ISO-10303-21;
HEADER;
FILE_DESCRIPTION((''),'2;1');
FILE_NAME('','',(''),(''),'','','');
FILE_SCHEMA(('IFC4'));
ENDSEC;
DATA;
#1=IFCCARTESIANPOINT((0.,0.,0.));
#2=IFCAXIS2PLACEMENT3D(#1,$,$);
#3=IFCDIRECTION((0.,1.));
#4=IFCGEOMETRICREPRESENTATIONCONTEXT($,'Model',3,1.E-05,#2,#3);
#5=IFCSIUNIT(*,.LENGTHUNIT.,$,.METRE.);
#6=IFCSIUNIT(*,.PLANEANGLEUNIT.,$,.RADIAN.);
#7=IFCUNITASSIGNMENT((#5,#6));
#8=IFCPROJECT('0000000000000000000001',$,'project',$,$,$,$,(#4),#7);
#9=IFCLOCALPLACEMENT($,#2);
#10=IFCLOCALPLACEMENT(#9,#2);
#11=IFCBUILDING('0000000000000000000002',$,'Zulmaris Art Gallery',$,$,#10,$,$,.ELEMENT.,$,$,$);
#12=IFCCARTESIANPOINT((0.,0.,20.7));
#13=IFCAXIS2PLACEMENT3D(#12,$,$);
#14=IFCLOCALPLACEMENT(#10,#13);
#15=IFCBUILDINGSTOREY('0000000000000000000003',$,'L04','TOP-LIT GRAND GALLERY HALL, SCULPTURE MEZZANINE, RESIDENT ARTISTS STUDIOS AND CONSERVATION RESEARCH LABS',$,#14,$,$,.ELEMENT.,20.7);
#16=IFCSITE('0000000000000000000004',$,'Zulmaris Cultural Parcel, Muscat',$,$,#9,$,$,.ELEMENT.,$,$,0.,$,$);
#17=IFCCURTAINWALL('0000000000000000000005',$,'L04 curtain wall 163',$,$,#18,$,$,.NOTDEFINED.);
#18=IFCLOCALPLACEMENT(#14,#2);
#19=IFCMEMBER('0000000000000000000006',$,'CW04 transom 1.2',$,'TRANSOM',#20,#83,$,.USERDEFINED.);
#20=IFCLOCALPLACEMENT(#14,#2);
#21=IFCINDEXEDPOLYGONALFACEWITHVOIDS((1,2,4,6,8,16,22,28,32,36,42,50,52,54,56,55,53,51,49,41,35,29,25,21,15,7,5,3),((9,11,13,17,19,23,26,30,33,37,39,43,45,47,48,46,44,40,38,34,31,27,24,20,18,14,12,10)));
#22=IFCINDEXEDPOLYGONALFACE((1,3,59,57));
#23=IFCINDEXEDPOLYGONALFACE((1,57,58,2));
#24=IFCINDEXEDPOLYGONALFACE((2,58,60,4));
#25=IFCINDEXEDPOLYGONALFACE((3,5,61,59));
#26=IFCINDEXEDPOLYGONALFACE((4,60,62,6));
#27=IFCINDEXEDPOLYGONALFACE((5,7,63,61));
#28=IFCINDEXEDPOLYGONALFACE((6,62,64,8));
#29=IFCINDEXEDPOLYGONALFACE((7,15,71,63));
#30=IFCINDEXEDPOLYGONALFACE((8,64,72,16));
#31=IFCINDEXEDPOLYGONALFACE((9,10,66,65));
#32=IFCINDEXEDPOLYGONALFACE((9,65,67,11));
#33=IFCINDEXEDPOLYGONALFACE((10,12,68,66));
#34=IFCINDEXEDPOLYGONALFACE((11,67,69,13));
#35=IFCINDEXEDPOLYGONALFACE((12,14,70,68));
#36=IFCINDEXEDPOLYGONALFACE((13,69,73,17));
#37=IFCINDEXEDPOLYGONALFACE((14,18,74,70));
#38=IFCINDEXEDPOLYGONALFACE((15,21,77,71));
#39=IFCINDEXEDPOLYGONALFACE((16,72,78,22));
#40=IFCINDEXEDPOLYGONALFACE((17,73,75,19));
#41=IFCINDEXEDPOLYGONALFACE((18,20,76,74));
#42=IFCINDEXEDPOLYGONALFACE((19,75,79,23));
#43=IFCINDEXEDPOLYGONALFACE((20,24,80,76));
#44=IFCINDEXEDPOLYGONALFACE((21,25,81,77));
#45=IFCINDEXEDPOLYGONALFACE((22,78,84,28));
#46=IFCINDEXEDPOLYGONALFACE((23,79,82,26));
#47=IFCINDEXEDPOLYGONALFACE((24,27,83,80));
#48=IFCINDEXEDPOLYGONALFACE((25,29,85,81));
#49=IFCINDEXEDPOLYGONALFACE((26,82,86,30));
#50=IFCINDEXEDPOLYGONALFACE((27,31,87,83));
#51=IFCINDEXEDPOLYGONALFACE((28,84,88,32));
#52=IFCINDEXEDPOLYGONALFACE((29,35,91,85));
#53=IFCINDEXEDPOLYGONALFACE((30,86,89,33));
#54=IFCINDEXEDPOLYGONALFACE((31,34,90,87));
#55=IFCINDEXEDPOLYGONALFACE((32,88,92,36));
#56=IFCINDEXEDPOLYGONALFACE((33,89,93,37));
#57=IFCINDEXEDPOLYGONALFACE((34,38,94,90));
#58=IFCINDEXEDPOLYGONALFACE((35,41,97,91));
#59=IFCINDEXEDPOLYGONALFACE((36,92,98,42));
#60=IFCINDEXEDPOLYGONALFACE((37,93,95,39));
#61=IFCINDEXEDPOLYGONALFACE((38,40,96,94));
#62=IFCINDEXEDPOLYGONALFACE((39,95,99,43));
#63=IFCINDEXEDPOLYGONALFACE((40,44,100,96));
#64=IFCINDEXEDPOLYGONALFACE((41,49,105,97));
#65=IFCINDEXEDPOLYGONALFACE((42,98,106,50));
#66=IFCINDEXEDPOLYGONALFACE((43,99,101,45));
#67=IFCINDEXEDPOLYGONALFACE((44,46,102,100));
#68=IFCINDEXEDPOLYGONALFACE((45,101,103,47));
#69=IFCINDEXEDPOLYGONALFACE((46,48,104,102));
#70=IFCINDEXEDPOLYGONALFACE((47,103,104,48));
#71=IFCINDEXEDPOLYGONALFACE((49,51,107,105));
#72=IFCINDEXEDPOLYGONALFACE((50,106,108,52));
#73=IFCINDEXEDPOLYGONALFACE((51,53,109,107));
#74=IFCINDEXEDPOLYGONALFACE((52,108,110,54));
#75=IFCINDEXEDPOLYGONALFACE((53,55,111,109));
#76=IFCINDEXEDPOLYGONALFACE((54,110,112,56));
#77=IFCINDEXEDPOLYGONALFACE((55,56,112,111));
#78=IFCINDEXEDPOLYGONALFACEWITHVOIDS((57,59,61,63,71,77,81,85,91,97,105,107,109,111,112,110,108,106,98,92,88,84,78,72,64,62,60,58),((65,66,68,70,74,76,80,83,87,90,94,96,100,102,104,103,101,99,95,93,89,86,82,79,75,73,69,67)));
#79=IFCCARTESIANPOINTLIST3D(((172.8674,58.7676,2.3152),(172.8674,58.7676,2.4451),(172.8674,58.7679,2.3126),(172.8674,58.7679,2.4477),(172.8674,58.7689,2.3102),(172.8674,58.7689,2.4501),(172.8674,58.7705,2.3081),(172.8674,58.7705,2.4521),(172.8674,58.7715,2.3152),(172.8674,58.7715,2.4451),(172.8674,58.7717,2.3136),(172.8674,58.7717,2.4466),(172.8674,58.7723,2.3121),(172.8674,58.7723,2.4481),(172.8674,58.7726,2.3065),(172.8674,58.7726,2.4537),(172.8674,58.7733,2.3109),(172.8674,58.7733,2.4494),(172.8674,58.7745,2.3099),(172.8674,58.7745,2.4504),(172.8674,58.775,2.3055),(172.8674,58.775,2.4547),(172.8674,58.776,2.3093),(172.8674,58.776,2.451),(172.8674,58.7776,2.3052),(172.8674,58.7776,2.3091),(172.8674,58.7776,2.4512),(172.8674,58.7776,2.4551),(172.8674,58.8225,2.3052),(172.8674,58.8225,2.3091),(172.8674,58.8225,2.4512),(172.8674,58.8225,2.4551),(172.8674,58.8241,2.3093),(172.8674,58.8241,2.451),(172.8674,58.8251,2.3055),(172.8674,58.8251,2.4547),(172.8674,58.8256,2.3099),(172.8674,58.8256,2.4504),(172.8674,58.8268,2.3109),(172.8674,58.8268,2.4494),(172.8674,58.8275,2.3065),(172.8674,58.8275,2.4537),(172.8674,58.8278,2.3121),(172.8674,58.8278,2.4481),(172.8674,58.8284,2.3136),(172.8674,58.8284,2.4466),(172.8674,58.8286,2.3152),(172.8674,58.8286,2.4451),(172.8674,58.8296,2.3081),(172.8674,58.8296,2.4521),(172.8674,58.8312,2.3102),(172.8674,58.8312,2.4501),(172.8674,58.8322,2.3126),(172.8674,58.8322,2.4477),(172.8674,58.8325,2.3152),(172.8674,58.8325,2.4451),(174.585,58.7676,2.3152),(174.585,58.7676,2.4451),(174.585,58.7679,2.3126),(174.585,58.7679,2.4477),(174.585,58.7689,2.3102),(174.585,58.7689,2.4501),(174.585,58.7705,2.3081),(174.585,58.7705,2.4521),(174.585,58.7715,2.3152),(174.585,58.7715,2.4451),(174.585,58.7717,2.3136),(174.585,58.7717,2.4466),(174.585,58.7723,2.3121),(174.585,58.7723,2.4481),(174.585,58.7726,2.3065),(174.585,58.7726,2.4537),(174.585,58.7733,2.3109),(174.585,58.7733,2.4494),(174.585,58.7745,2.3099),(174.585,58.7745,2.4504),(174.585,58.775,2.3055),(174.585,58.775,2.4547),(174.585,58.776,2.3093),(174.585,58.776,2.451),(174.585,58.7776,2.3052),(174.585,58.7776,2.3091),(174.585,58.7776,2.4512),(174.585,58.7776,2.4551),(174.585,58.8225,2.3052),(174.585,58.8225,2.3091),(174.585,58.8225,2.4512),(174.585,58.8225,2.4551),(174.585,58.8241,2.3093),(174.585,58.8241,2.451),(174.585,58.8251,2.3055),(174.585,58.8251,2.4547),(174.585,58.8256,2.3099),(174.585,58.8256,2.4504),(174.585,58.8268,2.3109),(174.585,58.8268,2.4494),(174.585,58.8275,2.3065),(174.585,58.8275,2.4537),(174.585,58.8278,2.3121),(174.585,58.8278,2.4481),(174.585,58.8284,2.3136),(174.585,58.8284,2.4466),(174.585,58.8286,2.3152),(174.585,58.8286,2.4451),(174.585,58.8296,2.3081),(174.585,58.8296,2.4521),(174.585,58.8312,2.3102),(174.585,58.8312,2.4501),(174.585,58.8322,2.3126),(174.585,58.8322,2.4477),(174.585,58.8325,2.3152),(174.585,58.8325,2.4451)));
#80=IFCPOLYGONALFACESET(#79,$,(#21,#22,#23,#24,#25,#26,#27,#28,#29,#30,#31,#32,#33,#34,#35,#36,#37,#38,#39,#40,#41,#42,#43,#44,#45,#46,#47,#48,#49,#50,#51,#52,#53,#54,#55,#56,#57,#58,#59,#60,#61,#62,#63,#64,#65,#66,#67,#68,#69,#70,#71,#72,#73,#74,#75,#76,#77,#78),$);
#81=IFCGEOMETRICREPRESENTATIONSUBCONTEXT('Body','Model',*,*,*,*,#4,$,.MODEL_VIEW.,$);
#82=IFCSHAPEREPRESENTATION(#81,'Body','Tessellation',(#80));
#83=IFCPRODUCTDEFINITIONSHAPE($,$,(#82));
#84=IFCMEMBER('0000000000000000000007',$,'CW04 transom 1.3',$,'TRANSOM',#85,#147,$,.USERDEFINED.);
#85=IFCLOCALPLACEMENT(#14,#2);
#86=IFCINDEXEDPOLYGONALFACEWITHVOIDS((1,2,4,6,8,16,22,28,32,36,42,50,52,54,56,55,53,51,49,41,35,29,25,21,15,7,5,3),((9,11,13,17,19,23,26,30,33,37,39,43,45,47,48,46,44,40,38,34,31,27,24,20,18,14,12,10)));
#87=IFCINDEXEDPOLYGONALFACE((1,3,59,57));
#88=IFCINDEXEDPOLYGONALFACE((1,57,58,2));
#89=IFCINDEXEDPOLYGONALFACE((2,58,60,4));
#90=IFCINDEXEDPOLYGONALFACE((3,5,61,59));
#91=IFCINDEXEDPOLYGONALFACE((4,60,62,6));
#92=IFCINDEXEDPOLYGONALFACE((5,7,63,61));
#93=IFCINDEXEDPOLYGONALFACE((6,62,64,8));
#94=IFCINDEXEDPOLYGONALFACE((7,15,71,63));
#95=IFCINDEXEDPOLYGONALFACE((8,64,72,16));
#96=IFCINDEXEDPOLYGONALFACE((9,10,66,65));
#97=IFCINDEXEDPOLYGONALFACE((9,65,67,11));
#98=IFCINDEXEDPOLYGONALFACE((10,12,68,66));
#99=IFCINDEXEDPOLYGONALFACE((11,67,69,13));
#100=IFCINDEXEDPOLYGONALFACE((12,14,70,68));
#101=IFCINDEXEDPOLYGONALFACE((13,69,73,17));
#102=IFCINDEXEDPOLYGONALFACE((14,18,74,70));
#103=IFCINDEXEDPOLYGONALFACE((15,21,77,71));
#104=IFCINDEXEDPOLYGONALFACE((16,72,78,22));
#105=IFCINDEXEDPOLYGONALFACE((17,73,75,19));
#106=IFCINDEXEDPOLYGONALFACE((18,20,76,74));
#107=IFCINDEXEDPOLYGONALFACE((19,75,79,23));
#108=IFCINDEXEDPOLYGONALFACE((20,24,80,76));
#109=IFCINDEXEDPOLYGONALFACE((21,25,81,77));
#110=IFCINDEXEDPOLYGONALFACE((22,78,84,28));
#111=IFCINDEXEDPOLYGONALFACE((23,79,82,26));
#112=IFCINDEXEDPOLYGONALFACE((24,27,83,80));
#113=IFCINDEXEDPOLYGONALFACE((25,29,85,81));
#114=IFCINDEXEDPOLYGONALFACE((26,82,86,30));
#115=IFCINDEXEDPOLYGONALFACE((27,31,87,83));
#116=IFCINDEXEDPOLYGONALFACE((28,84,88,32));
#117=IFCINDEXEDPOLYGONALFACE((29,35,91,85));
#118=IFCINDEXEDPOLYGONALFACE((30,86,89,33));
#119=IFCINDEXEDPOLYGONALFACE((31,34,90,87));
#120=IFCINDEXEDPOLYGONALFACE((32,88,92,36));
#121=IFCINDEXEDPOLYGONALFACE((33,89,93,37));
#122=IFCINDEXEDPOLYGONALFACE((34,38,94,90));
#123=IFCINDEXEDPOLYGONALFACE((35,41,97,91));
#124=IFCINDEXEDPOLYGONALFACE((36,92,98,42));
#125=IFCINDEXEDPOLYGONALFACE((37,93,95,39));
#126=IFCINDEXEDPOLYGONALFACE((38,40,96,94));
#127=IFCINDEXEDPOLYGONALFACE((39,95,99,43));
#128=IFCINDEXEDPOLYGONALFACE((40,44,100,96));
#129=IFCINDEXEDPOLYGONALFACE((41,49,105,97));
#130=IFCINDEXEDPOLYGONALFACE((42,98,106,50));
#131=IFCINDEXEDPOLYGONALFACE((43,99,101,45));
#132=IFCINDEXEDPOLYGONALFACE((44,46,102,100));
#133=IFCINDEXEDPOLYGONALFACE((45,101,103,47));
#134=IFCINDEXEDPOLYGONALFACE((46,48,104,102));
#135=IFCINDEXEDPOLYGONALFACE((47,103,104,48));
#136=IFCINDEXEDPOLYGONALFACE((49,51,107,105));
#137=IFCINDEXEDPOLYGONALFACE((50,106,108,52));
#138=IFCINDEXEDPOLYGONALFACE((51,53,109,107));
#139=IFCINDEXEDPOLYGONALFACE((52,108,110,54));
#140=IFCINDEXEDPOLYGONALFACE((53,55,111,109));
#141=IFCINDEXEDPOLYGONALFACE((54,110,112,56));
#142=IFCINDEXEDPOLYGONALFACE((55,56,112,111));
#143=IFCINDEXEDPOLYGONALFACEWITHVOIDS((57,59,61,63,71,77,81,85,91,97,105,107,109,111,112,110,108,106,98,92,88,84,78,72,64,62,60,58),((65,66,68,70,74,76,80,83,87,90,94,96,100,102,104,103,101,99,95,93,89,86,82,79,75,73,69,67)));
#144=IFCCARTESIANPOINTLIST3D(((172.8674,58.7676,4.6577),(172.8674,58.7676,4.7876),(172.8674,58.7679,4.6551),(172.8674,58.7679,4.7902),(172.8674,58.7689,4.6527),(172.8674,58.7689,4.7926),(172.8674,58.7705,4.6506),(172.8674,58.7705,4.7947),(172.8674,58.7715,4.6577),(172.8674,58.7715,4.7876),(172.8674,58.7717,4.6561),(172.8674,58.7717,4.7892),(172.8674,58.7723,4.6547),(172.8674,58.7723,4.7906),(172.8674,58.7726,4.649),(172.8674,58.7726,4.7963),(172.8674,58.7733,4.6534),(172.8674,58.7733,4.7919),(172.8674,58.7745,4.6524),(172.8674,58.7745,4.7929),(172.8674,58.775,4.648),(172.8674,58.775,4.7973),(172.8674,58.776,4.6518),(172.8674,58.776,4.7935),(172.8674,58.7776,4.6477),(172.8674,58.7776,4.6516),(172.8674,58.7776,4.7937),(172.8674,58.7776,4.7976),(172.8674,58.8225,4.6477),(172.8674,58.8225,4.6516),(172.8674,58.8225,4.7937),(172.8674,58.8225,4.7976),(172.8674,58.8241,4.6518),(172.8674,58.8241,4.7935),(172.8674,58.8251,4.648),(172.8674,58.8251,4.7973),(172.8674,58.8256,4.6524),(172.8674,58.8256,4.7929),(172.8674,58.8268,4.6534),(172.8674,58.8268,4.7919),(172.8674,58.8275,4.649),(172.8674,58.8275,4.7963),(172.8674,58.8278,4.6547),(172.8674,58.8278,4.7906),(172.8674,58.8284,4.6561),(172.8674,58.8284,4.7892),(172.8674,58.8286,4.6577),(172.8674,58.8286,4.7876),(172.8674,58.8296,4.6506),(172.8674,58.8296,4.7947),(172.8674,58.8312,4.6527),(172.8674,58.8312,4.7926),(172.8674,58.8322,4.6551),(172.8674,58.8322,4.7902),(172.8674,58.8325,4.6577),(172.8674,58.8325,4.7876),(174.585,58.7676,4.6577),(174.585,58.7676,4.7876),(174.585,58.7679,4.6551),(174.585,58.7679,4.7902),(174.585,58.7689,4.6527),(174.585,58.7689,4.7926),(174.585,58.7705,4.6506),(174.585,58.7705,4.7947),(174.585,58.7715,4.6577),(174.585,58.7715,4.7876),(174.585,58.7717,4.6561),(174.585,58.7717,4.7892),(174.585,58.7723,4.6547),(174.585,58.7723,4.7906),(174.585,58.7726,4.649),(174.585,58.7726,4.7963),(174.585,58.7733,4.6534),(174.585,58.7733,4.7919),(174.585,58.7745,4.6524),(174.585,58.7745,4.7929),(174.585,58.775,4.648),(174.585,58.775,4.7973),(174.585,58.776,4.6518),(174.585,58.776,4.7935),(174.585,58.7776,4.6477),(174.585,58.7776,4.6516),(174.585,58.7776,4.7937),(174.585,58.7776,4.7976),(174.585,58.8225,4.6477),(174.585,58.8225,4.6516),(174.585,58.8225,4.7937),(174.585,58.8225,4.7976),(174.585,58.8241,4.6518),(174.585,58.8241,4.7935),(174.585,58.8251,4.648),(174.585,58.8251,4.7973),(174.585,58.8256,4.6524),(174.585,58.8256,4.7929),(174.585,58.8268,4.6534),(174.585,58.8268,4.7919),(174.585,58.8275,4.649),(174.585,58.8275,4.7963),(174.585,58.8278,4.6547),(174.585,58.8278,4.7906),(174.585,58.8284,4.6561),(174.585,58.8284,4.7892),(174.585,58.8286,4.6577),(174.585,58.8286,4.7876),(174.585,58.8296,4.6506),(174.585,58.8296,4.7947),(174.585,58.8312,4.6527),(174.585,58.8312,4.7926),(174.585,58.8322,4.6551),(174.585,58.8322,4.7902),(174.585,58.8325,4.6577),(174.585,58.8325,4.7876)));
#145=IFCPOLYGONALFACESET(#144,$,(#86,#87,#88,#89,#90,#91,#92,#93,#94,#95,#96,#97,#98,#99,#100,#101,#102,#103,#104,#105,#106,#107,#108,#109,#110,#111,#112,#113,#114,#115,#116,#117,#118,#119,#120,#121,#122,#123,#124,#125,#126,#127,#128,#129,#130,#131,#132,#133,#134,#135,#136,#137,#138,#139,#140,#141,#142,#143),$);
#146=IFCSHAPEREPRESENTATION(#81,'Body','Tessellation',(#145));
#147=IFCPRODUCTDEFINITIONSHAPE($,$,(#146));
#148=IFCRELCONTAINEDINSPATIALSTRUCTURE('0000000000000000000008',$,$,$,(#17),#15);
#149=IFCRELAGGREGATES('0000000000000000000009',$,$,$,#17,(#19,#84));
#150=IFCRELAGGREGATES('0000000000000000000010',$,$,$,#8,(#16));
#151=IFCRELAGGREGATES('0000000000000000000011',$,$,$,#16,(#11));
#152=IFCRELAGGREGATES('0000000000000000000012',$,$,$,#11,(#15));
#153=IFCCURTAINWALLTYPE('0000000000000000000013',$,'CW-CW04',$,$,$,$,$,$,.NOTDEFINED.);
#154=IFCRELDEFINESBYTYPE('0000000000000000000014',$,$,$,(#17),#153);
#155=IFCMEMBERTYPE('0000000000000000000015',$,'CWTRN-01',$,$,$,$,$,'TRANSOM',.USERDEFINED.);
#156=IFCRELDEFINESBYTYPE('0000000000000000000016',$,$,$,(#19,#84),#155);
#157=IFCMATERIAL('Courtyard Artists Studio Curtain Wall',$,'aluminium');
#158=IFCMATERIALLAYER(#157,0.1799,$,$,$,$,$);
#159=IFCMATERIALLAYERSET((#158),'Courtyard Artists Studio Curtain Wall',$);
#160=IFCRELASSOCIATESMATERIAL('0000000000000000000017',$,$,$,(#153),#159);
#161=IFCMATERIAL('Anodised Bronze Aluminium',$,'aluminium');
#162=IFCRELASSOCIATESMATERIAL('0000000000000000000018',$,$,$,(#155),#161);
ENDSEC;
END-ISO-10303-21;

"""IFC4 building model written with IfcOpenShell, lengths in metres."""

from ifc_helpers import new_model, si_unit, direction, frame, origin, origin_2d, place, context, subcontext, project, spatial, hollow_rectangle, extrude, material, layer, layer_set, material_profile, profile_set, type_object, element, aggregate, save


model = new_model("IFC4")

# Units and contexts
model_context = context("Model", 3, precision=1e-05, world=origin(), true_north=direction((0.0, 1.0)))
body_context = subcontext(model_context, "Body", "Model", "MODEL_VIEW")
ifc_project = project(units=[si_unit("LENGTHUNIT", "METRE"), si_unit("PLANEANGLEUNIT", "RADIAN")], contexts=[model_context])

# Site, building, storey
site_placement = place(None, origin())
site = spatial("IfcSite", under=ifc_project, at=site_placement, Name="Zulmaris Cultural Parcel, Muscat", CompositionType="ELEMENT", RefElevation=0.0)
building_placement = place(site_placement, origin())
building = spatial("IfcBuilding", under=site, at=building_placement, Name="Zulmaris Art Gallery", CompositionType="ELEMENT")
storey_placement = place(building_placement, frame((0.0, 0.0, 20.7)))
storey = spatial("IfcBuildingStorey", under=building, at=storey_placement, Name="L04", Description="TOP-LIT GRAND GALLERY HALL, SCULPTURE MEZZANINE, RESIDENT ARTISTS STUDIOS AND CONSERVATION RESEARCH LABS", CompositionType="ELEMENT", Elevation=20.7)

# Curtain wall, members
ifc_material_1 = material(Name="Courtyard Artists Studio Curtain Wall", Category="aluminium")
ifc_layer_1 = layer(ifc_material_1, 0.1799)
ifc_layer_set_1 = layer_set([ifc_layer_1], Name="Courtyard Artists Studio Curtain Wall")
curtain_wall_type = type_object("IfcCurtainWallType", Name="CW-CW04", PredefinedType="NOTDEFINED", material=ifc_layer_set_1)
curtain_wall_placement = place(storey_placement, origin())
curtain_wall = element("IfcCurtainWall", 1, at=curtain_wall_placement, inside=storey, type_object=curtain_wall_type, Name="L04 curtain wall 163", PredefinedType="NOTDEFINED")
ifc_material_2 = material(Name="Anodised Bronze Aluminium", Category="aluminium")
ifc_material_profile_1 = material_profile(ifc_material_2, hollow_rectangle(XDim=0.0649, YDim=0.1499, WallThickness=0.0039, InnerFilletRadius=0.0061, OuterFilletRadius=0.01, at=origin_2d()), Name="ALU 65x150x4")
ifc_profile_set_1 = profile_set([ifc_material_profile_1], Name="Anodised Bronze Aluminium")
member_type_1 = type_object("IfcMemberType", Name="CWTRN-01", ElementType="TRANSOM", PredefinedType="USERDEFINED", material=ifc_profile_set_1)
member_1_placement = place(storey_placement, frame((174.585, 58.8, 2.3801), z_axis=(-1.0, 0.0, 0.0), x_axis=(0.0, -1.0, 0.0)))
member_1 = element("IfcMember", 2, at=member_1_placement, type_object=member_type_1, Name="CW04 transom 1.2", ObjectType="TRANSOM", PredefinedType="USERDEFINED", context=body_context, shape_type="SweptSolid", body=[
    extrude(hollow_rectangle(XDim=0.0649, YDim=0.1499, WallThickness=0.0039, InnerFilletRadius=0.0061, OuterFilletRadius=0.01, at=origin_2d()), origin(), (0.0, 0.0, 1.0), 1.7175),
])
member_2_placement = place(storey_placement, frame((174.585, 58.8, 4.7227), z_axis=(-1.0, 0.0, 0.0), x_axis=(0.0, -1.0, 0.0)))
member_2 = element("IfcMember", 3, at=member_2_placement, type_object=member_type_1, Name="CW04 transom 1.3", ObjectType="TRANSOM", PredefinedType="USERDEFINED", context=body_context, shape_type="SweptSolid", body=[
    extrude(hollow_rectangle(XDim=0.0649, YDim=0.1499, WallThickness=0.0039, InnerFilletRadius=0.0061, OuterFilletRadius=0.01, at=origin_2d()), origin(), (0.0, 0.0, 1.0), 1.7175),
])
aggregate(curtain_wall, [member_1, member_2])

save(model, "model.ifc")
